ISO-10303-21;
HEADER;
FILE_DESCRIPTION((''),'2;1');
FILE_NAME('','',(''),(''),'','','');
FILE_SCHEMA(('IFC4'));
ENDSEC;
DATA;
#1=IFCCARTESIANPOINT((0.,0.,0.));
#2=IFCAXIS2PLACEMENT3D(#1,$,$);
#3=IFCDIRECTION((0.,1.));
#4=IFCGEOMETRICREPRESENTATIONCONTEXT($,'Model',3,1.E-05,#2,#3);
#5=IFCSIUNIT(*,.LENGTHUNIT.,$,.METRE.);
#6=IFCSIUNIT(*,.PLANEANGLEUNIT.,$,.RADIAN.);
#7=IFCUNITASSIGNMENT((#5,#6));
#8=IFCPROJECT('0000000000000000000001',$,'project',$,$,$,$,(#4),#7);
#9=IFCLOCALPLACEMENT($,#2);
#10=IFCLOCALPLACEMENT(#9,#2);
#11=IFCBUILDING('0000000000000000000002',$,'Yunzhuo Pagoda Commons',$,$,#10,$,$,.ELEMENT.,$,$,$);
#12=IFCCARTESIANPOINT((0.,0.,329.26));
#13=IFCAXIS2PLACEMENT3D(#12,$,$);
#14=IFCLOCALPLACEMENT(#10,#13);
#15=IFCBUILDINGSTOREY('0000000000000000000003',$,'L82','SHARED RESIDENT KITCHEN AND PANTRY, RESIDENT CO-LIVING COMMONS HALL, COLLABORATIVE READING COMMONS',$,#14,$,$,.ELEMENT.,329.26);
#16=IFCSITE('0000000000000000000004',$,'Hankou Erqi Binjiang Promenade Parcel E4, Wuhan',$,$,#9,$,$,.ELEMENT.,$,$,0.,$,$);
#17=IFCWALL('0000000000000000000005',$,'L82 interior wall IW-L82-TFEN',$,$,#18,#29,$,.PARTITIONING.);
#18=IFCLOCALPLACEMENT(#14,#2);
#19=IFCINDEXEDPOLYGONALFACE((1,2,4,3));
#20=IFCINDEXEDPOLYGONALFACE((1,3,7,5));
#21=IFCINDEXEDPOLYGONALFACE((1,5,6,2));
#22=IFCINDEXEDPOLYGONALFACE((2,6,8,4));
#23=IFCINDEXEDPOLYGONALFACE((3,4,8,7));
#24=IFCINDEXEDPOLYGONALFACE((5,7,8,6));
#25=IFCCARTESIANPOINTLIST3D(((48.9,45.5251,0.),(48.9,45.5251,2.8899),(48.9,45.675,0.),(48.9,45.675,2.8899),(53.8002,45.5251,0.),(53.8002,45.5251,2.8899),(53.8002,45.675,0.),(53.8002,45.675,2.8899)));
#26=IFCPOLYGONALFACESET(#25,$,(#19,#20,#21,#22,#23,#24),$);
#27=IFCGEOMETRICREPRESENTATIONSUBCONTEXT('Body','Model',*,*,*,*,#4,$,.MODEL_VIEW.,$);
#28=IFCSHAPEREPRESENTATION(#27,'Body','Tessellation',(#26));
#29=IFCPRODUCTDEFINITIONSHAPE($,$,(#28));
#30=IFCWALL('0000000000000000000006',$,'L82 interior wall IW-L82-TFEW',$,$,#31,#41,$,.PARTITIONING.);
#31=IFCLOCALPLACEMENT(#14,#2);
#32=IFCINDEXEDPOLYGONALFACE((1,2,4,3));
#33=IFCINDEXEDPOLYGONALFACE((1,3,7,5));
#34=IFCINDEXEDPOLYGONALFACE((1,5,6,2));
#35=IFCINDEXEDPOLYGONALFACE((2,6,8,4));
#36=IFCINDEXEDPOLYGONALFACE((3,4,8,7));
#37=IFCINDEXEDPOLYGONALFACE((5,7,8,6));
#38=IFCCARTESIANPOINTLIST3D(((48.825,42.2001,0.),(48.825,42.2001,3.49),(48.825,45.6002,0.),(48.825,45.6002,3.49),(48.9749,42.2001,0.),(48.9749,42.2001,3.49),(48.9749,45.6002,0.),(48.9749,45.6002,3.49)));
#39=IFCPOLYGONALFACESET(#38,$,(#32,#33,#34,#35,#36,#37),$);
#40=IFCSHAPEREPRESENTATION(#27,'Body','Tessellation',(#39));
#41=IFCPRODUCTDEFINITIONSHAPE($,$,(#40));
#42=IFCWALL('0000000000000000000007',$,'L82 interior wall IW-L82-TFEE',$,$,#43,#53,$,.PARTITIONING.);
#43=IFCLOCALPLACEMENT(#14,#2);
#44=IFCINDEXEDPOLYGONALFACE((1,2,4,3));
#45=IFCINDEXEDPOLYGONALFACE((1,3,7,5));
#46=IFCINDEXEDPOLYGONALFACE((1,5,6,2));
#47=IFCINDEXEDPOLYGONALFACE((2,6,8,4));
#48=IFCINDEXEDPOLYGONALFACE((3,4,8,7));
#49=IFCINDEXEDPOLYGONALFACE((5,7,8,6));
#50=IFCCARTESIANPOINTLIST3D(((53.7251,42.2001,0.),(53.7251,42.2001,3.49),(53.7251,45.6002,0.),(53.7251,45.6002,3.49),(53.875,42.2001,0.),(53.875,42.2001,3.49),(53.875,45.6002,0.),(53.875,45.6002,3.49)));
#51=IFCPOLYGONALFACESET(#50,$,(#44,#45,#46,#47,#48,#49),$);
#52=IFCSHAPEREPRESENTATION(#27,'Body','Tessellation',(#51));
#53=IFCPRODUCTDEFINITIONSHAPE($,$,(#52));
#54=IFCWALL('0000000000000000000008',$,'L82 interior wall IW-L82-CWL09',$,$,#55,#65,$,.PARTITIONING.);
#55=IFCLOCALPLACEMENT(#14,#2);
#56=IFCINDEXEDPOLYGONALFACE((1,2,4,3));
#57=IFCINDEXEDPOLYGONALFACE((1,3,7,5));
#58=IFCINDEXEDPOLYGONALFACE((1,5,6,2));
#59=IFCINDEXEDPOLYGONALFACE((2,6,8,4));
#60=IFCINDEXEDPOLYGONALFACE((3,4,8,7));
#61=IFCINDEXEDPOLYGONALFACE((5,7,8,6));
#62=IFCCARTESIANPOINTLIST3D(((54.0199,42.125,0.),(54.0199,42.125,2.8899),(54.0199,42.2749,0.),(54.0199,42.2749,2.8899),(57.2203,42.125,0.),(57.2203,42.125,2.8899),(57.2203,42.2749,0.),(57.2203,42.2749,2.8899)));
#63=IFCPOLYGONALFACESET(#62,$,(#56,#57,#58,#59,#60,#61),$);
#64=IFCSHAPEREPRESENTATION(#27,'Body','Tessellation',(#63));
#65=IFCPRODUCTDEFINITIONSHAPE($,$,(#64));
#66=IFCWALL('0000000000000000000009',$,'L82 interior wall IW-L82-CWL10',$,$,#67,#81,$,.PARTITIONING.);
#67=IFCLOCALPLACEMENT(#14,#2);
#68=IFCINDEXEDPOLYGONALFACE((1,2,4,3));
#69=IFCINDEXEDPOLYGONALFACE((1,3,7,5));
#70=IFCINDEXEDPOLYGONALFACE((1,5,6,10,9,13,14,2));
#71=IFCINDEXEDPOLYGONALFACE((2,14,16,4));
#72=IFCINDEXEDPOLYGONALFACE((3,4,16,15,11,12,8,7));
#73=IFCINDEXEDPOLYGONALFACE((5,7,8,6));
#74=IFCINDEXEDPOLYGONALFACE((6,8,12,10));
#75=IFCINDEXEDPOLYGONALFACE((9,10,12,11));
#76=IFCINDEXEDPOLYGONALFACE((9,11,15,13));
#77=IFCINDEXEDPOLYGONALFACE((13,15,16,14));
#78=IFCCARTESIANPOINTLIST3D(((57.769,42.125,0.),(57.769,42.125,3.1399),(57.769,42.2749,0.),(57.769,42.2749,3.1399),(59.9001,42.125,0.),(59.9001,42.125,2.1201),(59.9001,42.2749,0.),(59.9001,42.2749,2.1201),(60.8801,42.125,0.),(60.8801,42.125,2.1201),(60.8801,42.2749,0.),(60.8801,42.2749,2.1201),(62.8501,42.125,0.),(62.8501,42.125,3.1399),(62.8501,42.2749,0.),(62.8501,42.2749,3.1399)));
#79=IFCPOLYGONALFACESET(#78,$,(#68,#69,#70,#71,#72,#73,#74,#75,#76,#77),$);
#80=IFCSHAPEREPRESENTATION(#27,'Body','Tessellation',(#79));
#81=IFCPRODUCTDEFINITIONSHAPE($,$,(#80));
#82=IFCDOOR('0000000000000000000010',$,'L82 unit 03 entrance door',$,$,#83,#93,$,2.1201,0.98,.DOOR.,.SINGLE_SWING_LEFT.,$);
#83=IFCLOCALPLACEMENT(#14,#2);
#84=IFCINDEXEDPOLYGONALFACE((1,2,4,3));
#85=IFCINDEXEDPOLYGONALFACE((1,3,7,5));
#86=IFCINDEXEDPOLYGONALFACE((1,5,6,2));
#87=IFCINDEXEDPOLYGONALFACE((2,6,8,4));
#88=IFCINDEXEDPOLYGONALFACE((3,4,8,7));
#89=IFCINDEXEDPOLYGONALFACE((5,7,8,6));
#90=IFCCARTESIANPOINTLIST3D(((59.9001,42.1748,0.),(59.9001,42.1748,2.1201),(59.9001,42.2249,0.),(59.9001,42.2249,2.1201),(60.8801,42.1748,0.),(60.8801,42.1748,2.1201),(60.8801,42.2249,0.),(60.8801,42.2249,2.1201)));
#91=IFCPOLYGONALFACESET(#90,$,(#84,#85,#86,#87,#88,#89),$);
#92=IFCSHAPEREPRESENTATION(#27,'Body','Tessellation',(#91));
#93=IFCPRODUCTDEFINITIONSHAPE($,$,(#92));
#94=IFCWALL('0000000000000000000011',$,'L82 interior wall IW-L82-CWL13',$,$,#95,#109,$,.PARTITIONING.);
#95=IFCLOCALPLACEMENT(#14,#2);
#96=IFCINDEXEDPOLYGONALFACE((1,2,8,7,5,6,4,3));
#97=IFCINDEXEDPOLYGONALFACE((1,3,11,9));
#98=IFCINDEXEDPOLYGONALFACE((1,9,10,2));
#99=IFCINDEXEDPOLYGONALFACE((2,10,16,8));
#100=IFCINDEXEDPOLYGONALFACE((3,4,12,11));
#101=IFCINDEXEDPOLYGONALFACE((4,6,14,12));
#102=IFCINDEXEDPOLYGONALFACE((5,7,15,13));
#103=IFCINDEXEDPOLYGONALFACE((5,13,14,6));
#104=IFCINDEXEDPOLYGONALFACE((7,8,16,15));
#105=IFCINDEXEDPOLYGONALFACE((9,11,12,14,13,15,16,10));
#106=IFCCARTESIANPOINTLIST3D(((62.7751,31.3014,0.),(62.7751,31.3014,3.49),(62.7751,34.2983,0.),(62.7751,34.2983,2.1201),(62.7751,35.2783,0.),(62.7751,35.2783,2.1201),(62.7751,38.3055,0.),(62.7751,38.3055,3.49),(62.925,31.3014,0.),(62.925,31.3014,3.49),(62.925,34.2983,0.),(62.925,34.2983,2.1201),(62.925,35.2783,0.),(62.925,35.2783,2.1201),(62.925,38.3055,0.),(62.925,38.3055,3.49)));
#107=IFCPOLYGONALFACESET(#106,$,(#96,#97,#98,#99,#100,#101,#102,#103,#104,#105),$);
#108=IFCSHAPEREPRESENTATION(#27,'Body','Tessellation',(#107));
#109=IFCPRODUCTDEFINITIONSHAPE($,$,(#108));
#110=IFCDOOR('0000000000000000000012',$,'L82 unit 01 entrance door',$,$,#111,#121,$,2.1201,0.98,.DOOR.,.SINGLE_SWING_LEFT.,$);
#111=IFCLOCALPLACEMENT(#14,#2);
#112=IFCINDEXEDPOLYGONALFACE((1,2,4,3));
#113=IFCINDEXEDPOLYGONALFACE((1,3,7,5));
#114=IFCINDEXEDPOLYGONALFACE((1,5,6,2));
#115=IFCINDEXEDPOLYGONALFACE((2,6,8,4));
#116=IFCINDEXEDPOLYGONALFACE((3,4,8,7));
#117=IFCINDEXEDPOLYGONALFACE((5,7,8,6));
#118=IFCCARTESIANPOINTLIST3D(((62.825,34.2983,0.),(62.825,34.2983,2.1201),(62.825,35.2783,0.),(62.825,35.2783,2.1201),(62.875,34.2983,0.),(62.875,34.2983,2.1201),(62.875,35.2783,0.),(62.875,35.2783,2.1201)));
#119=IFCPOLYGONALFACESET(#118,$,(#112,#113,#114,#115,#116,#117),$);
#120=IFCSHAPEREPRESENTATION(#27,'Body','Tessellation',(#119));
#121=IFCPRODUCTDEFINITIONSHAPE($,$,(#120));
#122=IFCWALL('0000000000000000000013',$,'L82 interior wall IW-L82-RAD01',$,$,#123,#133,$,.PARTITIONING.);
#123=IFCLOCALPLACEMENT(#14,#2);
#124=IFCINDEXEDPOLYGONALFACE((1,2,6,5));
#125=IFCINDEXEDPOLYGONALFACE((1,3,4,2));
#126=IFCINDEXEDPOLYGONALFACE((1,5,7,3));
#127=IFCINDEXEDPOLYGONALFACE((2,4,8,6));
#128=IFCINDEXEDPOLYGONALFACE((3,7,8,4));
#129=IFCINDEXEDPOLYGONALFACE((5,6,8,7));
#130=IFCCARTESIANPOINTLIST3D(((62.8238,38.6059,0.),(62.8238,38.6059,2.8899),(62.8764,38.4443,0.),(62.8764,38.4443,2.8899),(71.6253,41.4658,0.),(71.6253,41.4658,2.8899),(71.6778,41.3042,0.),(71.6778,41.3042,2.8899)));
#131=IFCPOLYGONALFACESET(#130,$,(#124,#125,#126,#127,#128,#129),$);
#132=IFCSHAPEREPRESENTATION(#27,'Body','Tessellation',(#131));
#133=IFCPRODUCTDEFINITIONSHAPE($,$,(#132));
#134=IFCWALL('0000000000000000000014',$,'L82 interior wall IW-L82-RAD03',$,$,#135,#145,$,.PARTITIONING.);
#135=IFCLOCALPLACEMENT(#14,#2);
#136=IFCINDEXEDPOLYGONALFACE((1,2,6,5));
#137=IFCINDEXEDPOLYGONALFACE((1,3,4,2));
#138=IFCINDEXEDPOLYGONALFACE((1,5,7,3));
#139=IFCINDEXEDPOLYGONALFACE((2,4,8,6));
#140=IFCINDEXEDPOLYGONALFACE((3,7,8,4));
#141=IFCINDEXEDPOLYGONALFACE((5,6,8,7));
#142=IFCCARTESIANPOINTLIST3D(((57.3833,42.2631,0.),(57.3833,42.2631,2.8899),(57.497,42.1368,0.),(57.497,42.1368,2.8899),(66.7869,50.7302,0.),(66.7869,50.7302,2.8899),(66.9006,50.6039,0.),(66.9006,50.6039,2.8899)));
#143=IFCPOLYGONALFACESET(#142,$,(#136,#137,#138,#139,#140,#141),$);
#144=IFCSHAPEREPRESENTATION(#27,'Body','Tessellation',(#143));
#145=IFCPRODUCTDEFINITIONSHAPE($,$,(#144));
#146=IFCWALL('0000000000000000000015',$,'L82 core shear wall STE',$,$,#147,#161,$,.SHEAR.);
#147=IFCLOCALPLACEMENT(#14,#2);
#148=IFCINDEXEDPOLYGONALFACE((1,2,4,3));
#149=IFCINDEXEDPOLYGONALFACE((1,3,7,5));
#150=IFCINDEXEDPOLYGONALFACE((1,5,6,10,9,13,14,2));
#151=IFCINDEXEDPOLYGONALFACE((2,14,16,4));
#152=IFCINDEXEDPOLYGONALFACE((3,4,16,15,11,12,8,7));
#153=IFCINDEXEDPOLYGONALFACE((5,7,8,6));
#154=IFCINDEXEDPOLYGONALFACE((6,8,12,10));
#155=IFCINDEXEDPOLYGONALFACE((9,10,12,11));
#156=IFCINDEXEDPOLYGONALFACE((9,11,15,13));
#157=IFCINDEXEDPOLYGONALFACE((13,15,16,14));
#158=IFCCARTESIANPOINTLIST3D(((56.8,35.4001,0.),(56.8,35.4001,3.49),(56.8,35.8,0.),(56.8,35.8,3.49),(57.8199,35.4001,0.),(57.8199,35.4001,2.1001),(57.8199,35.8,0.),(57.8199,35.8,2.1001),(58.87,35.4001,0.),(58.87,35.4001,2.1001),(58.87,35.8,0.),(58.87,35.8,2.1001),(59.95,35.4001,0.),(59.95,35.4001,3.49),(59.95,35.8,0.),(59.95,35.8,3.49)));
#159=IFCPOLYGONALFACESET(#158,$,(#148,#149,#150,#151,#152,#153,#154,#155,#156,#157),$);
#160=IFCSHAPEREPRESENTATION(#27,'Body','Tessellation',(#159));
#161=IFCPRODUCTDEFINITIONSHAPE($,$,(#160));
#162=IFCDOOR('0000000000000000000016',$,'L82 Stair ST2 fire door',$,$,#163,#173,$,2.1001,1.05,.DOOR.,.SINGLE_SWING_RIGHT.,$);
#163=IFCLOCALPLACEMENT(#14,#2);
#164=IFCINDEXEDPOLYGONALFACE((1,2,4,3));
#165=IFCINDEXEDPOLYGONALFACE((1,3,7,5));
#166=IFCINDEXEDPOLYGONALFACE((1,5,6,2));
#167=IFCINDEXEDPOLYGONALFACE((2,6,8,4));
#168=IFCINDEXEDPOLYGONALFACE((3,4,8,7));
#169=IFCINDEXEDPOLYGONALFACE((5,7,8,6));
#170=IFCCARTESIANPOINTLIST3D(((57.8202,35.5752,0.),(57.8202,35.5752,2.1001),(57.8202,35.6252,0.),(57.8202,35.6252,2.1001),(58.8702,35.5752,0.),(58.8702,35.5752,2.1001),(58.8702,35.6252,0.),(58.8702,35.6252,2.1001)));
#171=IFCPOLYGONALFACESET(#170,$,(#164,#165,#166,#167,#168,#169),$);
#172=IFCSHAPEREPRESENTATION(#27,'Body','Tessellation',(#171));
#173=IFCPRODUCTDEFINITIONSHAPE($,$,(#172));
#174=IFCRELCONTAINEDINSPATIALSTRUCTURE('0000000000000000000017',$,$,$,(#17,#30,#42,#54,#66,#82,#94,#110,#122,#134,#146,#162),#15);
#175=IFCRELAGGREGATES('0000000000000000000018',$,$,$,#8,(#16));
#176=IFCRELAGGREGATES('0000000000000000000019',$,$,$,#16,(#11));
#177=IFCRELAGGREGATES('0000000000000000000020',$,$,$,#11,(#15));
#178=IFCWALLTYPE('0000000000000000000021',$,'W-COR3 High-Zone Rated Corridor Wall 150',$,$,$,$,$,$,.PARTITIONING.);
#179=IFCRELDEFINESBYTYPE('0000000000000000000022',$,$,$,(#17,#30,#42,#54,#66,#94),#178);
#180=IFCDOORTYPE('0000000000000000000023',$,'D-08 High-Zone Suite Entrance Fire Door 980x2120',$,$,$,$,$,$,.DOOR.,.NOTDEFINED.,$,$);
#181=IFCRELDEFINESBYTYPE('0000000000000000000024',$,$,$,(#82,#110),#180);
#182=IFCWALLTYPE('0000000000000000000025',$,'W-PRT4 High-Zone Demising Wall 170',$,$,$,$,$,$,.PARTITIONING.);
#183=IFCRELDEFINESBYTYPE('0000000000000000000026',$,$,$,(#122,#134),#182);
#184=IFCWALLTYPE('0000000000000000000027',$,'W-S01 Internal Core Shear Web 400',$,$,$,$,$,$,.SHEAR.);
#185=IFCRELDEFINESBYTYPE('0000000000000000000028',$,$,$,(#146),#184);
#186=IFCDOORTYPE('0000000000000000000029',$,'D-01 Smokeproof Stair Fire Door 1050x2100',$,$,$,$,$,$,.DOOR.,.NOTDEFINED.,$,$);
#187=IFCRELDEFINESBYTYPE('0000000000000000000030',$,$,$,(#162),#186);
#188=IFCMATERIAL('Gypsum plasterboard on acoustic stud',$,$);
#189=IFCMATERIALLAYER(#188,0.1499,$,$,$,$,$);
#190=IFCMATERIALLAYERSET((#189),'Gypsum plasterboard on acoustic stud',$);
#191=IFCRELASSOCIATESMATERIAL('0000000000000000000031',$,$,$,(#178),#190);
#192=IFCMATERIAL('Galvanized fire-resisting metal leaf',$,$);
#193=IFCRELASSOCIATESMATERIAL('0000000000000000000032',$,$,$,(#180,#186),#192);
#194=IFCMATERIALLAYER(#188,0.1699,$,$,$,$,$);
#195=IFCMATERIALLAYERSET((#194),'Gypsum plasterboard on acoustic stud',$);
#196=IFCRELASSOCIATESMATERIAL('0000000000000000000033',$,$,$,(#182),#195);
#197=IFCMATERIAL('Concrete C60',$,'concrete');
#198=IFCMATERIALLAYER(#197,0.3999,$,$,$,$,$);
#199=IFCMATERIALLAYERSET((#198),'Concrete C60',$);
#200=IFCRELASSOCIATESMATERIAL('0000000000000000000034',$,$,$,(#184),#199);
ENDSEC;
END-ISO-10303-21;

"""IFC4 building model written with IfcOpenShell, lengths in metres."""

from ifc_helpers import new_model, si_unit, direction, frame, frame_2d, origin, origin_with_axes, place, context, subcontext, project, spatial, rectangle, extrude, source, transform, mapped, material, layer, layer_set, type_object, element, fill, save


model = new_model("IFC4")

# Units and contexts
model_context = context("Model", 3, precision=1e-05, world=origin(), true_north=direction((0.0, 1.0)))
body_context = subcontext(model_context, "Body", "Model", "MODEL_VIEW")
ifc_project = project(units=[si_unit("LENGTHUNIT", "METRE"), si_unit("PLANEANGLEUNIT", "RADIAN")], contexts=[model_context])

# Site, building, storey
site_placement = place(None, origin())
site = spatial("IfcSite", under=ifc_project, at=site_placement, Name="Hankou Erqi Binjiang Promenade Parcel E4, Wuhan", CompositionType="ELEMENT", RefElevation=0.0)
building_placement = place(site_placement, origin())
building = spatial("IfcBuilding", under=site, at=building_placement, Name="Yunzhuo Pagoda Commons", CompositionType="ELEMENT")
storey_placement = place(building_placement, frame((0.0, 0.0, 329.26)))
storey = spatial("IfcBuildingStorey", under=building, at=storey_placement, Name="L82", Description="SHARED RESIDENT KITCHEN AND PANTRY, RESIDENT CO-LIVING COMMONS HALL, COLLABORATIVE READING COMMONS", CompositionType="ELEMENT", Elevation=329.26)

# Shared definitions
ifc_material_1 = material(Name="Galvanized fire-resisting metal leaf")
shared_shape_1 = source(origin(), body_context, "Body", "SweptSolid", [
    extrude(rectangle(XDim=1.05, YDim=2.1001, at=frame_2d((0.5249, 1.05))), frame((0.0, 0.0249, 0.0), z_axis=(0.0, -1.0, 0.0), x_axis=(1.0, 0.0, 0.0)), (0.0, 0.0, 1.0), 0.05),
])

# Shared definitions
ifc_material_2 = material(Name="Gypsum plasterboard on acoustic stud")
ifc_layer_1 = layer(ifc_material_2, 0.1499)
ifc_layer_set_1 = layer_set([ifc_layer_1], Name="Gypsum plasterboard on acoustic stud")
wall_type_1 = type_object("IfcWallType", Name="W-COR3 High-Zone Rated Corridor Wall 150", PredefinedType="PARTITIONING", material=ifc_layer_set_1)

# Walls
wall_1_placement = place(storey_placement, frame((48.8999, 45.6001, 0.0), z_axis=(0.0, 0.0, 1.0), x_axis=(1.0, 0.0, 0.0)))
element("IfcWall", 1, at=wall_1_placement, inside=storey, type_object=wall_type_1, Name="L82 interior wall IW-L82-TFEN", PredefinedType="PARTITIONING", context=body_context, shape_type="SweptSolid", body=[
    extrude(rectangle(XDim=4.9001, YDim=0.1499, at=frame_2d((2.4502, 0.0))), origin(), (0.0, 0.0, 1.0), 2.8899),
])
for number, where, z_axis, x_axis, name in (
    (2, (48.8999, 42.2, 0.0), (0.0, 0.0, 1.0), (0.0, 1.0, 0.0), "L82 interior wall IW-L82-TFEW"),
    (3, (53.8, 42.2, 0.0), (0.0, 0.0, 1.0), (0.0, 1.0, 0.0), "L82 interior wall IW-L82-TFEE"),
):
    element("IfcWall", number, at=place(storey_placement, frame(where, z_axis=z_axis, x_axis=x_axis)), inside=storey, type_object=wall_type_1, Name=name, PredefinedType="PARTITIONING", context=body_context, shape_type="SweptSolid", body=[
        extrude(rectangle(XDim=3.4001, YDim=0.1499, at=frame_2d((1.7002, 0.0))), origin(), (0.0, 0.0, 1.0), 3.49),
    ])
wall_2_placement = place(storey_placement, frame((54.02, 42.2, 0.0), z_axis=(0.0, 0.0, 1.0), x_axis=(1.0, 0.0, 0.0)))
element("IfcWall", 4, at=wall_2_placement, inside=storey, type_object=wall_type_1, Name="L82 interior wall IW-L82-CWL09", PredefinedType="PARTITIONING", context=body_context, shape_type="SweptSolid", body=[
    extrude(rectangle(XDim=3.2004, YDim=0.1499, at=frame_2d((1.6001, 0.0))), origin(), (0.0, 0.0, 1.0), 2.8899),
])

# Walls, openings, doors
wall_3_placement = place(storey_placement, frame((57.769, 42.2, 0.0), z_axis=(0.0, 0.0, 1.0), x_axis=(1.0, 0.0, 0.0)))
wall_3 = element("IfcWall", 5, at=wall_3_placement, inside=storey, type_object=wall_type_1, Name="L82 interior wall IW-L82-CWL10", PredefinedType="PARTITIONING", context=body_context, shape_type="SweptSolid", body=[
    extrude(rectangle(XDim=5.0811, YDim=0.1499, at=frame_2d((2.5405, 0.0))), origin(), (0.0, 0.0, 1.0), 3.1399),
])
opening_1_placement = place(wall_3_placement, frame((2.1311, 0.0, 0.0)))
opening_1 = element("IfcOpeningElement", 6, at=opening_1_placement, cuts=wall_3, PredefinedType="OPENING", context=body_context, shape_type="SweptSolid", body=[
    extrude(rectangle(XDim=0.98, YDim=2.1201, at=frame_2d((0.49, 1.0601))), frame((0.0, 0.085, 0.0), z_axis=(0.0, -1.0, 0.0), x_axis=(1.0, 0.0, 0.0)), (0.0, 0.0, 1.0), 0.1699),
])
door_type_1 = type_object("IfcDoorType", Name="D-08 High-Zone Suite Entrance Fire Door 980x2120", OperationType="NOTDEFINED", PredefinedType="DOOR", material=ifc_material_1)
shared_shape_2 = source(origin(), body_context, "Body", "SweptSolid", [
    extrude(rectangle(XDim=0.98, YDim=2.1201, at=frame_2d((0.49, 1.0601))), frame((0.0, 0.0249, 0.0), z_axis=(0.0, -1.0, 0.0), x_axis=(1.0, 0.0, 0.0)), (0.0, 0.0, 1.0), 0.05),
])
door_1_placement = place(opening_1_placement, origin_with_axes())
door_1 = element("IfcDoor", 7, at=door_1_placement, inside=storey, type_object=door_type_1, Name="L82 unit 03 entrance door", OperationType="SINGLE_SWING_LEFT", OverallHeight=2.1201, OverallWidth=0.98, PredefinedType="DOOR", context=body_context, shape_type="MappedRepresentation", body=[
    mapped(shared_shape_2, transform((0.0, 0.0, 0.0), scale=1.0)),
])
fill(opening_1, door_1)
wall_4_placement = place(storey_placement, frame((62.8501, 38.3054, 0.0), z_axis=(0.0, 0.0, 1.0), x_axis=(0.0, -1.0, 0.0)))
wall_4 = element("IfcWall", 8, at=wall_4_placement, inside=storey, type_object=wall_type_1, Name="L82 interior wall IW-L82-CWL13", PredefinedType="PARTITIONING", context=body_context, shape_type="SweptSolid", body=[
    extrude(rectangle(XDim=7.0042, YDim=0.1499, at=frame_2d((3.502, 0.0))), origin(), (0.0, 0.0, 1.0), 3.49),
])
opening_2_placement = place(wall_4_placement, frame((3.0271, 0.0, 0.0)))
opening_2 = element("IfcOpeningElement", 9, at=opening_2_placement, cuts=wall_4, PredefinedType="OPENING", context=body_context, shape_type="SweptSolid", body=[
    extrude(rectangle(XDim=0.98, YDim=2.1201, at=frame_2d((0.49, 1.0601))), frame((0.0, 0.085, 0.0), z_axis=(0.0, -1.0, 0.0), x_axis=(1.0, 0.0, 0.0)), (0.0, 0.0, 1.0), 0.1699),
])
door_2_placement = place(opening_2_placement, origin_with_axes())
door_2 = element("IfcDoor", 10, at=door_2_placement, inside=storey, type_object=door_type_1, Name="L82 unit 01 entrance door", OperationType="SINGLE_SWING_LEFT", OverallHeight=2.1201, OverallWidth=0.98, PredefinedType="DOOR", context=body_context, shape_type="MappedRepresentation", body=[
    mapped(shared_shape_2, transform((0.0, 0.0, 0.0), scale=1.0)),
])
fill(opening_2, door_2)

# Walls
ifc_layer_2 = layer(ifc_material_2, 0.1699)
ifc_layer_set_2 = layer_set([ifc_layer_2], Name="Gypsum plasterboard on acoustic stud")
wall_type_2 = type_object("IfcWallType", Name="W-PRT4 High-Zone Demising Wall 170", PredefinedType="PARTITIONING", material=ifc_layer_set_2)
wall_5_placement = place(storey_placement, frame((62.8501, 38.5251, 0.0), z_axis=(0.0, 0.0, 1.0), x_axis=(0.951054, 0.309025, 0.0)))
element("IfcWall", 11, at=wall_5_placement, inside=storey, type_object=wall_type_2, Name="L82 interior wall IW-L82-RAD01", PredefinedType="PARTITIONING", context=body_context, shape_type="SweptSolid", body=[
    extrude(rectangle(XDim=9.2544, YDim=0.1699, at=frame_2d((4.6272, 0.0))), origin(), (0.0, 0.0, 1.0), 2.8899),
])
wall_6_placement = place(storey_placement, frame((57.4402, 42.2, 0.0), z_axis=(0.0, 0.0, 1.0), x_axis=(0.743144, 0.669132, 0.0)))
element("IfcWall", 12, at=wall_6_placement, inside=storey, type_object=wall_type_2, Name="L82 interior wall IW-L82-RAD03", PredefinedType="PARTITIONING", context=body_context, shape_type="SweptSolid", body=[
    extrude(rectangle(XDim=12.6538, YDim=0.1699, at=frame_2d((6.3269, 0.0))), origin(), (0.0, 0.0, 1.0), 2.8899),
])

# Wall, opening, door
ifc_material_3 = material(Name="Concrete C60", Category="concrete")
ifc_layer_3 = layer(ifc_material_3, 0.3999)
ifc_layer_set_3 = layer_set([ifc_layer_3], Name="Concrete C60")
wall_type_3 = type_object("IfcWallType", Name="W-S01 Internal Core Shear Web 400", PredefinedType="SHEAR", material=ifc_layer_set_3)
wall_7_placement = place(storey_placement, frame((56.8, 35.6001, 0.0), z_axis=(0.0, 0.0, 1.0), x_axis=(1.0, 0.0, 0.0)))
wall_7 = element("IfcWall", 13, at=wall_7_placement, inside=storey, type_object=wall_type_3, Name="L82 core shear wall STE", PredefinedType="SHEAR", context=body_context, shape_type="SweptSolid", body=[
    extrude(rectangle(XDim=3.1499, YDim=0.3999, at=frame_2d((1.575, 0.0))), origin(), (0.0, 0.0, 1.0), 3.49),
])
opening_3_placement = place(wall_7_placement, frame((1.02, 0.0, 0.0)))
opening_3 = element("IfcOpeningElement", 14, at=opening_3_placement, cuts=wall_7, PredefinedType="OPENING", context=body_context, shape_type="SweptSolid", body=[
    extrude(rectangle(XDim=1.05, YDim=2.1001, at=frame_2d((0.5249, 1.05))), frame((0.0, 0.21, 0.0), z_axis=(0.0, -1.0, 0.0), x_axis=(1.0, 0.0, 0.0)), (0.0, 0.0, 1.0), 0.4199),
])
door_type_2 = type_object("IfcDoorType", Name="D-01 Smokeproof Stair Fire Door 1050x2100", OperationType="NOTDEFINED", PredefinedType="DOOR", material=ifc_material_1)
door_3_placement = place(opening_3_placement, frame((1.05, 0.0, 0.0), z_axis=(0.0, 0.0, 1.0), x_axis=(-1.0, 0.0, 0.0)))
door_3 = element("IfcDoor", 15, at=door_3_placement, inside=storey, type_object=door_type_2, Name="L82 Stair ST2 fire door", OperationType="SINGLE_SWING_RIGHT", OverallHeight=2.1001, OverallWidth=1.05, PredefinedType="DOOR", context=body_context, shape_type="MappedRepresentation", body=[
    mapped(shared_shape_1, transform((0.0, 0.0, 0.0), scale=1.0)),
])
fill(opening_3, door_3)

save(model, "model.ifc")
